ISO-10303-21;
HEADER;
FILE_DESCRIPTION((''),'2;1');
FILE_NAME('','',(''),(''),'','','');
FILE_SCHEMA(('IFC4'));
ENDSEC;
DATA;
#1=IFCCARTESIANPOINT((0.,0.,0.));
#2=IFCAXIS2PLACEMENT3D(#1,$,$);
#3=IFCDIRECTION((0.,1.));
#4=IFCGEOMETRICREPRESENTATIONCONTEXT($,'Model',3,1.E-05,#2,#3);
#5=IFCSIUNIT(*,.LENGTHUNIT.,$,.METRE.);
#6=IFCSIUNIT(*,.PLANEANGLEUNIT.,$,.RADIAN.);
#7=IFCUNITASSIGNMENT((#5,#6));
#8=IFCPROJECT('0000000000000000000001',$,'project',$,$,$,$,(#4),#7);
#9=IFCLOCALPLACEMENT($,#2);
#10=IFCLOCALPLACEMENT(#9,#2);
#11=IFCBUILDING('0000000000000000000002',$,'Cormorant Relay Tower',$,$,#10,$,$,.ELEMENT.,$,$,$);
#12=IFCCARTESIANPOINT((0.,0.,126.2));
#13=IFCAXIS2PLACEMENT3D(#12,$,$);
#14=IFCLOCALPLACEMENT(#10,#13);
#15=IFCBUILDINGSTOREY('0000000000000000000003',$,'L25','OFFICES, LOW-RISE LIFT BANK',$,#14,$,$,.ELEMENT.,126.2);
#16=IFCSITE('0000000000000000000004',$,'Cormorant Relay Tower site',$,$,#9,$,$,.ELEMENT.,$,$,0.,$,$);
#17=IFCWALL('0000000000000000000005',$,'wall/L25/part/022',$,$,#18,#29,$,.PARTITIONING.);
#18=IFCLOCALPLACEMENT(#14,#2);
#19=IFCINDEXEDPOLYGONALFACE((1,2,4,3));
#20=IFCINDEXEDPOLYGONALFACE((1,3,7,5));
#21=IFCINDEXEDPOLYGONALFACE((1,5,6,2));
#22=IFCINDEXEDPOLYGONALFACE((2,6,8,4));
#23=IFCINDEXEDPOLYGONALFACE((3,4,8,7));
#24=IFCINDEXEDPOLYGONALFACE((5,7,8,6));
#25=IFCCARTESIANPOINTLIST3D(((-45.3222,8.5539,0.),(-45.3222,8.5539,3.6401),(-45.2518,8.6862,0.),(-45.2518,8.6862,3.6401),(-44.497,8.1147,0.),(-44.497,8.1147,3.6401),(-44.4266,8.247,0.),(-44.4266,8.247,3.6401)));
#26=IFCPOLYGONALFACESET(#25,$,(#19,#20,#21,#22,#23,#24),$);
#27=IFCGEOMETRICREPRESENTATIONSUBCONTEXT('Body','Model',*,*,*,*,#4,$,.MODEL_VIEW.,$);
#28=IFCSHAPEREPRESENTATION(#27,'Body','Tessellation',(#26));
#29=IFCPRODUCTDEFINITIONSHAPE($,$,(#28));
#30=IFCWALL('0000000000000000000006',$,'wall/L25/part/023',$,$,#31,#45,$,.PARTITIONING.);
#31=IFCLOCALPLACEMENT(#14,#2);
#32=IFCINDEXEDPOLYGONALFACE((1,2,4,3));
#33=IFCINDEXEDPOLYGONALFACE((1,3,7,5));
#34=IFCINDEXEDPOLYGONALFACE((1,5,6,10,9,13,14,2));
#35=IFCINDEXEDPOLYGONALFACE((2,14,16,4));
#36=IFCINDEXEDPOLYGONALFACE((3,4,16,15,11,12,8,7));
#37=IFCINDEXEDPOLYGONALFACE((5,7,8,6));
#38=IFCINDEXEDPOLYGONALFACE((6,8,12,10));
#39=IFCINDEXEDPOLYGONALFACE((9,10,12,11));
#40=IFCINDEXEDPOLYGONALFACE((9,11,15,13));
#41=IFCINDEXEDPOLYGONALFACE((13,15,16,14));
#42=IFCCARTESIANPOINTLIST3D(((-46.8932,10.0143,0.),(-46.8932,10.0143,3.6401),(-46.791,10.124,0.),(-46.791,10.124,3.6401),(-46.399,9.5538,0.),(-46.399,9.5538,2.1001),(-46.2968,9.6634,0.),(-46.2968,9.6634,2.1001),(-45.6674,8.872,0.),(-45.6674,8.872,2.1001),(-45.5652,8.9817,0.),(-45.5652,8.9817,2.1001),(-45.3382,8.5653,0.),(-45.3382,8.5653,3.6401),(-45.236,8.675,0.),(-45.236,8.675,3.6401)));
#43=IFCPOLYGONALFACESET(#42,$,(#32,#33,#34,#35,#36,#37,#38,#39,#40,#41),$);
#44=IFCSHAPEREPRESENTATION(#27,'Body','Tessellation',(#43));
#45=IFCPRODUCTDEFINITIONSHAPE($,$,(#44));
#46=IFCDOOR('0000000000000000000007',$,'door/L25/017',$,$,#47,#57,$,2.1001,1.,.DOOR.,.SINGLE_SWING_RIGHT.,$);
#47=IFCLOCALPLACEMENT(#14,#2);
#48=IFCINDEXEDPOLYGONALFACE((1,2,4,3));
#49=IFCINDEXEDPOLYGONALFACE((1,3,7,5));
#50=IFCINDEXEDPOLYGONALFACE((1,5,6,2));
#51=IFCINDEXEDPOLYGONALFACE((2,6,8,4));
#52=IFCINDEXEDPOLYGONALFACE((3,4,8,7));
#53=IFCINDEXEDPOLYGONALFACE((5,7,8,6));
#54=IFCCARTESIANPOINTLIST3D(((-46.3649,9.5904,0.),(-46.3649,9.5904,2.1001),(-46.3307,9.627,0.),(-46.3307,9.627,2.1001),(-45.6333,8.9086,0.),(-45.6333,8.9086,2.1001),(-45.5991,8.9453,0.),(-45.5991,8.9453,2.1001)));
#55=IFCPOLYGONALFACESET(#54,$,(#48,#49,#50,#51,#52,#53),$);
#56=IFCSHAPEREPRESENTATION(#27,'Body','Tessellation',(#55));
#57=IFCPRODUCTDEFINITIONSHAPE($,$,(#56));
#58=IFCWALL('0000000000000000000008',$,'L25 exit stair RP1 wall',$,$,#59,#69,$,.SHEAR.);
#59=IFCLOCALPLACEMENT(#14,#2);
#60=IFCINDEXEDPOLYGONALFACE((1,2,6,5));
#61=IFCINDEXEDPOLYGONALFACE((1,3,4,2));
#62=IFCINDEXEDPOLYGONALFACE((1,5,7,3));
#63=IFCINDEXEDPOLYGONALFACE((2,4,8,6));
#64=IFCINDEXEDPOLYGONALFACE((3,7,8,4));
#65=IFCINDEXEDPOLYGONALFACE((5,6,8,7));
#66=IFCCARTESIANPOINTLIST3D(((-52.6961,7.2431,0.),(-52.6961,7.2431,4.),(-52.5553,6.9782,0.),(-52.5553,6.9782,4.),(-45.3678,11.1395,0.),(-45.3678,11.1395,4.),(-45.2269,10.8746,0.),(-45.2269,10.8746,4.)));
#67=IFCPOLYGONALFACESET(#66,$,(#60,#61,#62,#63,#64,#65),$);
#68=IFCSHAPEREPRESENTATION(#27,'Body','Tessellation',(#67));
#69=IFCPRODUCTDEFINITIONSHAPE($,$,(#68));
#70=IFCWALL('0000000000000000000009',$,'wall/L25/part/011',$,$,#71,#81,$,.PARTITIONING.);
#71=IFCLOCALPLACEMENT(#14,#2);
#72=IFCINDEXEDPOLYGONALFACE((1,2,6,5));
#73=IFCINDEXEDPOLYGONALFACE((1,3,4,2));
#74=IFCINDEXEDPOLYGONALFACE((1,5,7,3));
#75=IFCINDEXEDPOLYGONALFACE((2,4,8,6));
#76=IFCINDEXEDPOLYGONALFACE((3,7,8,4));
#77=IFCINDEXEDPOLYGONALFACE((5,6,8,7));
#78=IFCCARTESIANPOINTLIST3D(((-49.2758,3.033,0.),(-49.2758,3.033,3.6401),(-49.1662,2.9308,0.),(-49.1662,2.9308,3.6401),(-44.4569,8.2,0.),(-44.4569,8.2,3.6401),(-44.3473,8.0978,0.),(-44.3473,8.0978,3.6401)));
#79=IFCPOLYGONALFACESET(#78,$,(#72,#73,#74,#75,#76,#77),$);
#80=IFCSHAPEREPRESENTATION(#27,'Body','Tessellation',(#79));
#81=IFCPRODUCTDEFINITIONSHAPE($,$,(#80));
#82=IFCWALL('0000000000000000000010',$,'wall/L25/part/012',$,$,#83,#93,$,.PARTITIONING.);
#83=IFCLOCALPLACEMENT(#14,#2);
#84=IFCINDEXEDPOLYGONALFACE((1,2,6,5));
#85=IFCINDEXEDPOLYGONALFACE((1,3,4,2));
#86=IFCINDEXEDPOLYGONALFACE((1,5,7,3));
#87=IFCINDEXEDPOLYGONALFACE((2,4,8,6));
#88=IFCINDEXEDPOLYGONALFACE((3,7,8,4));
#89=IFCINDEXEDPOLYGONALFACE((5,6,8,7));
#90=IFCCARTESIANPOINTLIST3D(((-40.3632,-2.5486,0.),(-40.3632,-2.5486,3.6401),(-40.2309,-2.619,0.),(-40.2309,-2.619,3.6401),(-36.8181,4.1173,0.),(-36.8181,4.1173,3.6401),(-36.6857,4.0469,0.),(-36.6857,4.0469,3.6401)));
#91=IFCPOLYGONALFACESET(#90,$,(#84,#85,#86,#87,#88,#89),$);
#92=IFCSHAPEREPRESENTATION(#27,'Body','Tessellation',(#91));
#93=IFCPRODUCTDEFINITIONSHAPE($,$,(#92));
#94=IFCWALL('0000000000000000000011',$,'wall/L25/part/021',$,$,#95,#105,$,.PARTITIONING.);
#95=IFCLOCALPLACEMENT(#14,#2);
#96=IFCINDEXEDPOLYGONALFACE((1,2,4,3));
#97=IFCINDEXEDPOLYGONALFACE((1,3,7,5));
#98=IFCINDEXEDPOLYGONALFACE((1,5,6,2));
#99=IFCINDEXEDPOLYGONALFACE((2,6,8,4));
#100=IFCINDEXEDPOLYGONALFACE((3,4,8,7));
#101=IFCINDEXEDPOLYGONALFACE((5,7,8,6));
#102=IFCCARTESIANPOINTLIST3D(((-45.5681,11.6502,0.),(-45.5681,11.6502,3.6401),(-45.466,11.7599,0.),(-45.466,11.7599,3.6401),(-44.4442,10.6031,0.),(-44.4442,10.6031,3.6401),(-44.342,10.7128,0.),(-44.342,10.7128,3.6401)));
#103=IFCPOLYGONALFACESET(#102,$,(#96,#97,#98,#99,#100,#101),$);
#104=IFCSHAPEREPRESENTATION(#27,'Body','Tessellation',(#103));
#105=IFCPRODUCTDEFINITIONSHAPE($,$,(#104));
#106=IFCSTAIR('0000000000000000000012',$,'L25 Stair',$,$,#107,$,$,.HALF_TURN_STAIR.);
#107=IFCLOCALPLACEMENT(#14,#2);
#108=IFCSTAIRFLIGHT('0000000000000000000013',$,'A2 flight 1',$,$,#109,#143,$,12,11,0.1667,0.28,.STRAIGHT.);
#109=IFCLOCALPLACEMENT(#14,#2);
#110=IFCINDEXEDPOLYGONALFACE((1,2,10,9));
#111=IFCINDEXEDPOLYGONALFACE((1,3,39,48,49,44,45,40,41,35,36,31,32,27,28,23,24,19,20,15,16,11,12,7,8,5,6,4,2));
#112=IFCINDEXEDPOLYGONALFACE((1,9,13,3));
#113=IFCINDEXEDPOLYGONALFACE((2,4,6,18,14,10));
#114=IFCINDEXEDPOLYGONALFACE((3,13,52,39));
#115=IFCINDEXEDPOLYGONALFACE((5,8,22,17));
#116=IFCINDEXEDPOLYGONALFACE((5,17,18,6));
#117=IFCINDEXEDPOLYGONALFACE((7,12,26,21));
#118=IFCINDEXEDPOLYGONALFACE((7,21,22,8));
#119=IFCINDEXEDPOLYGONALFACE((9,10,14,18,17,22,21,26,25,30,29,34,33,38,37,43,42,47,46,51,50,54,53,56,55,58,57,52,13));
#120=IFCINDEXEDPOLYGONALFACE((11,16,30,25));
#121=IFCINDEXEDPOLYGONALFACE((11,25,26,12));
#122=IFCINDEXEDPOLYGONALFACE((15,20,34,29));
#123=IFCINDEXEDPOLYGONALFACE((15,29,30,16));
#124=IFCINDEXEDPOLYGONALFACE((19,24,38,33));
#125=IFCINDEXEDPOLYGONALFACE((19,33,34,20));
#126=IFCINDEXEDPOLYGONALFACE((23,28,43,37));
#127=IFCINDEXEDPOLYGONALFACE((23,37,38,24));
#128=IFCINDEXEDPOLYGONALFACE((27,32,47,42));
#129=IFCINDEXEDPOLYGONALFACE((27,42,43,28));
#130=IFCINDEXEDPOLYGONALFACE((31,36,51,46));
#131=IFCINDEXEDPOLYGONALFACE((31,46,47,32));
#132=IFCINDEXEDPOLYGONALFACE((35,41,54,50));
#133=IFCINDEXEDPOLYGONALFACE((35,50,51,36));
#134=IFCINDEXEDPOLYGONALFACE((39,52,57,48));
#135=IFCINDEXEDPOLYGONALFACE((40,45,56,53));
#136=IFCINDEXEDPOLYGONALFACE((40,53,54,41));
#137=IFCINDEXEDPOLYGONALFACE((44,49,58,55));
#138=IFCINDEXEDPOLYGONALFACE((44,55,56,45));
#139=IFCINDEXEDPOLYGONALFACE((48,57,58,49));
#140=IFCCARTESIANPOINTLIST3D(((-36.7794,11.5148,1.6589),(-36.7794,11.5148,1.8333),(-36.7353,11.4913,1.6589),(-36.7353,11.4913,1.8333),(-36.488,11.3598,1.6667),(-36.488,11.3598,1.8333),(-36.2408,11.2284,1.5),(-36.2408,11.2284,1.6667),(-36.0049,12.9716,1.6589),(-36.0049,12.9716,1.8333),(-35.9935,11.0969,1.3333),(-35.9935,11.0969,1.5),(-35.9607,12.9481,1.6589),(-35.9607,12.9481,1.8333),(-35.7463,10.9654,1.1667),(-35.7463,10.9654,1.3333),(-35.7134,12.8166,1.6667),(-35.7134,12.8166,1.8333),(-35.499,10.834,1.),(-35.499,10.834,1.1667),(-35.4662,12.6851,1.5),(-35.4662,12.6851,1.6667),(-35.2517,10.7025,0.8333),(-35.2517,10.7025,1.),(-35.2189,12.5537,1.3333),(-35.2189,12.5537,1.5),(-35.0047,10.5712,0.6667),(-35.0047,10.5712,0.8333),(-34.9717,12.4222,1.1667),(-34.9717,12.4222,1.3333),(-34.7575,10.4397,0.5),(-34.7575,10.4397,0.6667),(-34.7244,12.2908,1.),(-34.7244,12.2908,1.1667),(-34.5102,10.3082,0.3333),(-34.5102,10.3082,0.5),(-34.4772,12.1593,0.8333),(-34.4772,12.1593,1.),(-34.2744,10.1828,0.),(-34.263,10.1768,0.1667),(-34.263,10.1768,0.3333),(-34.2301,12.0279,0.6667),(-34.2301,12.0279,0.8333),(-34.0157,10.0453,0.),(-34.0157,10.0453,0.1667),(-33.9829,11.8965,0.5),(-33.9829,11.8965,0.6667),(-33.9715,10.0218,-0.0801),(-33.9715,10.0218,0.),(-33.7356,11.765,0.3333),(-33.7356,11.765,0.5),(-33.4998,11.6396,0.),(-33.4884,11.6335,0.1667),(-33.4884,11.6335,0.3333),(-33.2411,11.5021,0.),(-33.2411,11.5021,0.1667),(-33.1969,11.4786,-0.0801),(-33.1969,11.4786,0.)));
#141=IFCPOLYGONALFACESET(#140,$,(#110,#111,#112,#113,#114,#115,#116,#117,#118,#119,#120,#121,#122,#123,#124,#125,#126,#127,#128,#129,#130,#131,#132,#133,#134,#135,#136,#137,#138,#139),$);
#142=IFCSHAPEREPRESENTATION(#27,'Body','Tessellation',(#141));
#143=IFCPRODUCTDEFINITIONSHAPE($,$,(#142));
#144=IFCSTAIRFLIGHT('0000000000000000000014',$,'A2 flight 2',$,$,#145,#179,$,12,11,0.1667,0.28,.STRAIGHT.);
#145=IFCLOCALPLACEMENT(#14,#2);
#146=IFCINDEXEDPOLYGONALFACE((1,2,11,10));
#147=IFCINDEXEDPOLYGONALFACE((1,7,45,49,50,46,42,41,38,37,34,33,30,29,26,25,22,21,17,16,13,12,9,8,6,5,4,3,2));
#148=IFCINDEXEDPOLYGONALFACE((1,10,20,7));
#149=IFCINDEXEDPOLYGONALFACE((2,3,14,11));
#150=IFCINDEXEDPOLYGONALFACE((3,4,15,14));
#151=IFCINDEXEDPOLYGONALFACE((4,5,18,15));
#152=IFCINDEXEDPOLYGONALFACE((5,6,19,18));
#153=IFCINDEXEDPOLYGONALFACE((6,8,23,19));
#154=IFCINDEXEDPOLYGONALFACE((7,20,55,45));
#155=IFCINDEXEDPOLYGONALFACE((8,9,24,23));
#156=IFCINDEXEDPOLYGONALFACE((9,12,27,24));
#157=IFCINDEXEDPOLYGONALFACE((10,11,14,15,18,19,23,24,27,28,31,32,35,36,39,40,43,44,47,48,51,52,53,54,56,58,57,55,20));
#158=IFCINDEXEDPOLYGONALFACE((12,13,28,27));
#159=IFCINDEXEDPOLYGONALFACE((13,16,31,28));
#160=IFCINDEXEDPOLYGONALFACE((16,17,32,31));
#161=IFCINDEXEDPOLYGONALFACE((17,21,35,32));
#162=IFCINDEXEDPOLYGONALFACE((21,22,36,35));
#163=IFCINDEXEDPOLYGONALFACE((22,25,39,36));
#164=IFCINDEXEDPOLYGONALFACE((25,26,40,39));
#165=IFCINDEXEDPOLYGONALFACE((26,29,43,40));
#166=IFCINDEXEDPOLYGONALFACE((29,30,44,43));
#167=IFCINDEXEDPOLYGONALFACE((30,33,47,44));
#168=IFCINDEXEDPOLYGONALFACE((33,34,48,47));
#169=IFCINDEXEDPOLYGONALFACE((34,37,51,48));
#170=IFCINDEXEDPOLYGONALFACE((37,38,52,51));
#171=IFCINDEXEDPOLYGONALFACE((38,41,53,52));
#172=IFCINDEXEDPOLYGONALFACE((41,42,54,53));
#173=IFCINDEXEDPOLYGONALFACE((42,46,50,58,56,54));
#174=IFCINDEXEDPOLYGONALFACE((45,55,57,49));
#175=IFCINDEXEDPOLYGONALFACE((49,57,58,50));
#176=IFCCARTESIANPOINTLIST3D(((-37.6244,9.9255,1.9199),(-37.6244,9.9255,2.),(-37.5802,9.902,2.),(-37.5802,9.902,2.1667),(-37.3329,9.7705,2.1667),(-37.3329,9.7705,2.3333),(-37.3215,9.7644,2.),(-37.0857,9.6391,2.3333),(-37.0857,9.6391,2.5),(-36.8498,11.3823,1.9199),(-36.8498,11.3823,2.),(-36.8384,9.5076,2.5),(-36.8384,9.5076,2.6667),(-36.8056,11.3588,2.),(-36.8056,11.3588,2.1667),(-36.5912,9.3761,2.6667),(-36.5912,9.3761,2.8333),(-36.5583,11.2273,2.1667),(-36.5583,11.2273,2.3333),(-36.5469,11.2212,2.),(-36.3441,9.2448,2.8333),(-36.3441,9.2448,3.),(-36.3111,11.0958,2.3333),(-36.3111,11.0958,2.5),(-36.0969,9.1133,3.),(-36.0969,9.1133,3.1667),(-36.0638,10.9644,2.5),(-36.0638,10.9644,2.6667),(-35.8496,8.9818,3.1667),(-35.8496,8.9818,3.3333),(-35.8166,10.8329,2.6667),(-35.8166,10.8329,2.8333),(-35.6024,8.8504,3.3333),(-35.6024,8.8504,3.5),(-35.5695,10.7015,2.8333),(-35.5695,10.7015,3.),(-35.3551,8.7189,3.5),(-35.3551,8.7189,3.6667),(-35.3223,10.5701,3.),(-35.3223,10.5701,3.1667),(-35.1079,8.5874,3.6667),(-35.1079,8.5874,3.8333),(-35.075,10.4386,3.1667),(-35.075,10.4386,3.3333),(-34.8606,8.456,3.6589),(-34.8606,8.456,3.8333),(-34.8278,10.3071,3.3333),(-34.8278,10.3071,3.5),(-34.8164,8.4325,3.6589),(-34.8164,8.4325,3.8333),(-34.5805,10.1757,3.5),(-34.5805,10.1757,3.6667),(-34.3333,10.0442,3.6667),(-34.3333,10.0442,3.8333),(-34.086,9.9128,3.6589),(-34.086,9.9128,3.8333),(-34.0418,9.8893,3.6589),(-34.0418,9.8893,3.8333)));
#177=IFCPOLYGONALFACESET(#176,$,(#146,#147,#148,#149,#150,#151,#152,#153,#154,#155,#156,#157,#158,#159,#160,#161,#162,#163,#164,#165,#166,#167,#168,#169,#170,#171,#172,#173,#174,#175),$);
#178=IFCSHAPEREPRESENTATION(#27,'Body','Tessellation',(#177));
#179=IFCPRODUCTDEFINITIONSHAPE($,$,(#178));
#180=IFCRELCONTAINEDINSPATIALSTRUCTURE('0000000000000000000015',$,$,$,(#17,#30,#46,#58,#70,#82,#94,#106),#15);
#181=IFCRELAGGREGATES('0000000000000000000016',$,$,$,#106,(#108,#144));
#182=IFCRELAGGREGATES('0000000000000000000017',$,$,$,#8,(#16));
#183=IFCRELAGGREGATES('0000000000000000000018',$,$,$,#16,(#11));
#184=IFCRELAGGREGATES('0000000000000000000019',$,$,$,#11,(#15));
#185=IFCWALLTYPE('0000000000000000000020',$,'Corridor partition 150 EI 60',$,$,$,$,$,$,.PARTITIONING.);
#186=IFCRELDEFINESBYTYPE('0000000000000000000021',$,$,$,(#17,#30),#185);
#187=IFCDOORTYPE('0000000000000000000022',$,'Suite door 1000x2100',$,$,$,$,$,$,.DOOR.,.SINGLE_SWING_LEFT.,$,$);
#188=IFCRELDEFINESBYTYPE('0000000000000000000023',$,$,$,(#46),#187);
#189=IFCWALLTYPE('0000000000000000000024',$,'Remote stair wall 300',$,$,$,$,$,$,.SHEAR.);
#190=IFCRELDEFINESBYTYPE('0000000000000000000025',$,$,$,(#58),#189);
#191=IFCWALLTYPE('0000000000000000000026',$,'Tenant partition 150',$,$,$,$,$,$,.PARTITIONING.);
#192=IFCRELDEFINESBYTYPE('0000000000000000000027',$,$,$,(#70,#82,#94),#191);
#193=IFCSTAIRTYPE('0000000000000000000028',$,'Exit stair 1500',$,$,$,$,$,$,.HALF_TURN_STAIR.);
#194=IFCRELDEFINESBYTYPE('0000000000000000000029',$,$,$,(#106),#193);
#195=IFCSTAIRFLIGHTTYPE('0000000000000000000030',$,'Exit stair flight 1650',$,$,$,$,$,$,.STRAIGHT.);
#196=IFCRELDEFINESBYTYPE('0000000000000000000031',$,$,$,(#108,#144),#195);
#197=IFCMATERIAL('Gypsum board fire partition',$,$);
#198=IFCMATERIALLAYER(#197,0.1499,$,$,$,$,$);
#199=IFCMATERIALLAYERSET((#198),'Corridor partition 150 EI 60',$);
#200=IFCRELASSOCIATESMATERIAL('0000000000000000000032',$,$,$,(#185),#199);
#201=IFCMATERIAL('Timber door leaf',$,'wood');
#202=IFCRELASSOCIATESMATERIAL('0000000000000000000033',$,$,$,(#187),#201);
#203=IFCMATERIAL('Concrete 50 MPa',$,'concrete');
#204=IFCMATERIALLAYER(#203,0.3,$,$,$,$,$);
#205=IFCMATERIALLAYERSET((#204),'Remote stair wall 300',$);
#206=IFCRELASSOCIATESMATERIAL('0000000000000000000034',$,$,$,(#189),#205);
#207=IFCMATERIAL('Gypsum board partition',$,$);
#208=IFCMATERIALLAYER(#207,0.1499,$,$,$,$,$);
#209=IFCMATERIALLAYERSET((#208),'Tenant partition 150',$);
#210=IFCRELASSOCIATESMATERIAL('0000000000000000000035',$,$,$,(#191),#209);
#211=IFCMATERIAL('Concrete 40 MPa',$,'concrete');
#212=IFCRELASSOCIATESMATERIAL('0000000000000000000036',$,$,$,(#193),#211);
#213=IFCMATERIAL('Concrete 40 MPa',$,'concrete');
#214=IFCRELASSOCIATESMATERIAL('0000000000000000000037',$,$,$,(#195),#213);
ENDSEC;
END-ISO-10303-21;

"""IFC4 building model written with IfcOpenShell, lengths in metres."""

from ifc_helpers import new_model, si_unit, direction, frame, frame_2d, origin, place, context, subcontext, project, spatial, polyline, rectangle, outline, extrude, material, layer, layer_set, type_object, element, fill, aggregate, save


model = new_model("IFC4")

# Units and contexts
model_context = context("Model", 3, precision=1e-05, world=origin(), true_north=direction((0.0, 1.0)))
body_context = subcontext(model_context, "Body", "Model", "MODEL_VIEW")
ifc_project = project(units=[si_unit("LENGTHUNIT", "METRE"), si_unit("PLANEANGLEUNIT", "RADIAN")], contexts=[model_context])

# Site, building, storey
site_placement = place(None, origin())
site = spatial("IfcSite", under=ifc_project, at=site_placement, Name="Cormorant Relay Tower site", CompositionType="ELEMENT", RefElevation=0.0)
building_placement = place(site_placement, origin())
building = spatial("IfcBuilding", under=site, at=building_placement, Name="Cormorant Relay Tower", CompositionType="ELEMENT")
storey_placement = place(building_placement, frame((0.0, 0.0, 126.2)))
storey = spatial("IfcBuildingStorey", under=building, at=storey_placement, Name="L25", Description="OFFICES, LOW-RISE LIFT BANK", CompositionType="ELEMENT", Elevation=126.2)

# Wall
ifc_material_1 = material(Name="Gypsum board fire partition")
ifc_layer_1 = layer(ifc_material_1, 0.1499)
ifc_layer_set_1 = layer_set([ifc_layer_1], Name="Corridor partition 150 EI 60")
wall_type_1 = type_object("IfcWallType", Name="Corridor partition 150 EI 60", PredefinedType="PARTITIONING", material=ifc_layer_set_1)
wall_1_placement = place(storey_placement, frame((-44.4619, 8.1809, 0.0), z_axis=(0.0, 0.0, 1.0), x_axis=(-0.88275, 0.469843, 0.0)))
element("IfcWall", 1, at=wall_1_placement, inside=storey, type_object=wall_type_1, Name="wall/L25/part/022", PredefinedType="PARTITIONING", context=body_context, shape_type="SweptSolid", body=[
    extrude(rectangle(XDim=0.9348, YDim=0.1499, at=frame_2d((0.4673, 0.0))), origin(), (0.0, 0.0, 1.0), 3.6401),
])

# Wall, opening, door
wall_2_placement = place(storey_placement, frame((-45.2871, 8.6201, 0.0), z_axis=(0.0, 0.0, 1.0), x_axis=(-0.731594, 0.681741, 0.0)))
wall_2 = element("IfcWall", 2, at=wall_2_placement, inside=storey, type_object=wall_type_1, Name="wall/L25/part/023", PredefinedType="PARTITIONING", context=body_context, shape_type="SweptSolid", body=[
    extrude(rectangle(XDim=2.1255, YDim=0.1499, at=frame_2d((1.0627, 0.0))), origin(), (0.0, 0.0, 1.0), 3.6401),
])
opening_placement = place(wall_2_placement, frame((0.45, 0.0, 0.0)))
opening = element("IfcOpeningElement", 3, at=opening_placement, cuts=wall_2, PredefinedType="OPENING", context=body_context, shape_type="SweptSolid", body=[
    extrude(rectangle(XDim=1.0, YDim=2.1001, at=frame_2d((0.5, 1.05))), frame((0.0, 0.085, 0.0), z_axis=(0.0, -1.0, 0.0), x_axis=(1.0, 0.0, 0.0)), (0.0, 0.0, 1.0), 0.1699),
])
ifc_material_2 = material(Name="Timber door leaf", Category="wood")
door_type = type_object("IfcDoorType", Name="Suite door 1000x2100", OperationType="SINGLE_SWING_LEFT", PredefinedType="DOOR", material=ifc_material_2)
door_placement = place(opening_placement, origin())
door = element("IfcDoor", 4, at=door_placement, inside=storey, type_object=door_type, Name="door/L25/017", OperationType="SINGLE_SWING_RIGHT", OverallHeight=2.1001, OverallWidth=1.0, PredefinedType="DOOR", context=body_context, shape_type="SweptSolid", body=[
    extrude(rectangle(XDim=1.0, YDim=2.1001, at=frame_2d((0.5, 1.05))), frame((0.0, 0.0249, 0.0), z_axis=(0.0, -1.0, 0.0), x_axis=(1.0, 0.0, 0.0)), (0.0, 0.0, 1.0), 0.05),
])
fill(opening, door)

# Walls
ifc_material_3 = material(Name="Concrete 50 MPa", Category="concrete")
ifc_layer_2 = layer(ifc_material_3, 0.3)
ifc_layer_set_2 = layer_set([ifc_layer_2], Name="Remote stair wall 300")
wall_type_2 = type_object("IfcWallType", Name="Remote stair wall 300", PredefinedType="SHEAR", material=ifc_layer_set_2)
wall_3_placement = place(storey_placement, frame((-45.2974, 11.0071, 0.0), z_axis=(0.0, 0.0, 1.0), x_axis=(-0.882952, -0.469464, 0.0)))
element("IfcWall", 5, at=wall_3_placement, inside=storey, type_object=wall_type_2, Name="L25 exit stair RP1 wall", PredefinedType="SHEAR", context=body_context, shape_type="SweptSolid", body=[
    extrude(rectangle(XDim=8.2998, YDim=0.3, at=frame_2d((4.1499, 0.0))), origin(), (0.0, 0.0, 1.0), 4.0),
])
ifc_material_4 = material(Name="Gypsum board partition")
ifc_layer_3 = layer(ifc_material_4, 0.1499)
ifc_layer_set_3 = layer_set([ifc_layer_3], Name="Tenant partition 150")
wall_type_3 = type_object("IfcWallType", Name="Tenant partition 150", PredefinedType="PARTITIONING", material=ifc_layer_set_3)
wall_4_placement = place(storey_placement, frame((-44.4021, 8.1489, 0.0), z_axis=(0.0, 0.0, 1.0), x_axis=(-0.68204, -0.731315, 0.0)))
element("IfcWall", 6, at=wall_4_placement, inside=storey, type_object=wall_type_3, Name="wall/L25/part/011", PredefinedType="PARTITIONING", context=body_context, shape_type="SweptSolid", body=[
    extrude(rectangle(XDim=7.0654, YDim=0.1499, at=frame_2d((3.5327, 0.0))), origin(), (0.0, 0.0, 1.0), 3.6401),
])
wall_5_placement = place(storey_placement, frame((-36.752, 4.082, 0.0), z_axis=(0.0, 0.0, 1.0), x_axis=(-0.469552, -0.882905, 0.0)))
element("IfcWall", 7, at=wall_5_placement, inside=storey, type_object=wall_type_3, Name="wall/L25/part/012", PredefinedType="PARTITIONING", context=body_context, shape_type="SweptSolid", body=[
    extrude(rectangle(XDim=7.55, YDim=0.1499, at=frame_2d((3.7749, 0.0))), origin(), (0.0, 0.0, 1.0), 3.6401),
])
wall_6_placement = place(storey_placement, frame((-44.3931, 10.658, 0.0), z_axis=(0.0, 0.0, 1.0), x_axis=(-0.731694, 0.681633, 0.0)))
element("IfcWall", 8, at=wall_6_placement, inside=storey, type_object=wall_type_3, Name="wall/L25/part/021", PredefinedType="PARTITIONING", context=body_context, shape_type="SweptSolid", body=[
    extrude(rectangle(XDim=1.5361, YDim=0.1499, at=frame_2d((0.7681, 0.0))), origin(), (0.0, 0.0, 1.0), 3.6401),
])

# Stair, stair flights
ifc_material_5 = material(Name="Concrete 40 MPa", Category="concrete")
stair_type = type_object("IfcStairType", Name="Exit stair 1500", PredefinedType="HALF_TURN_STAIR", material=ifc_material_5)
stair_placement = place(storey_placement, origin())
stair = element("IfcStair", 9, at=stair_placement, inside=storey, type_object=stair_type, Name="L25 Stair", PredefinedType="HALF_TURN_STAIR")
ifc_material_6 = material(Name="Concrete 40 MPa", Category="concrete")
stair_flight_type = type_object("IfcStairFlightType", Name="Exit stair flight 1650", PredefinedType="STRAIGHT", material=ifc_material_6)
stair_flight_1_placement = place(storey_placement, frame((-33.6284, 10.7737, 0.0), z_axis=(0.0, 0.0, 1.0), x_axis=(-0.882948, 0.469472, 0.0)))
stair_flight_1 = element("IfcStairFlight", 10, at=stair_flight_1_placement, type_object=stair_flight_type, Name="A2 flight 1", NumberOfRisers=12, NumberOfTreads=11, PredefinedType="STRAIGHT", RiserHeight=0.1667, TreadLength=0.28, context=body_context, shape_type="SweptSolid", body=[
    extrude(outline(polyline([(-0.05, -0.0801), (-0.05, 0.0), (0.0, 0.0), (0.0, 0.1667), (0.28, 0.1667), (0.28, 0.3333), (0.5601, 0.3333), (0.5601, 0.5), (0.8401, 0.5), (0.8401, 0.6667), (1.1201, 0.6667), (1.1201, 0.8333), (1.3999, 0.8333), (1.3999, 1.0), (1.6799, 1.0), (1.6799, 1.1667), (1.96, 1.1667), (1.96, 1.3333), (2.24, 1.3333), (2.24, 1.5), (2.52, 1.5), (2.52, 1.6667), (2.8, 1.6667), (2.8, 1.8333), (3.0801, 1.8333), (3.1301, 1.8333), (3.1301, 1.6589), (3.0801, 1.6589), (0.293, 0.0), (-0.05, -0.0801)])), frame((0.0, 0.825, 0.0), z_axis=(0.0, -1.0, 0.0), x_axis=(1.0, 0.0, 0.0)), (0.0, 0.0, 1.0), 1.6499),
])
stair_flight_2_placement = place(storey_placement, frame((-37.1929, 10.6304, 2.0), z_axis=(0.0, 0.0, 1.0), x_axis=(0.882948, -0.469472, 0.0)))
stair_flight_2 = element("IfcStairFlight", 11, at=stair_flight_2_placement, type_object=stair_flight_type, Name="A2 flight 2", NumberOfRisers=12, NumberOfTreads=11, PredefinedType="STRAIGHT", RiserHeight=0.1667, TreadLength=0.28, context=body_context, shape_type="SweptSolid", body=[
    extrude(outline(polyline([(-0.05, -0.0801), (-0.05, 0.0), (0.0, 0.0), (0.0, 0.1667), (0.28, 0.1667), (0.28, 0.3333), (0.5601, 0.3333), (0.5601, 0.5), (0.8401, 0.5), (0.8401, 0.6667), (1.1201, 0.6667), (1.1201, 0.8333), (1.3999, 0.8333), (1.3999, 1.0), (1.6799, 1.0), (1.6799, 1.1667), (1.96, 1.1667), (1.96, 1.3333), (2.24, 1.3333), (2.24, 1.5), (2.52, 1.5), (2.52, 1.6667), (2.8, 1.6667), (2.8, 1.8333), (3.0801, 1.8333), (3.1301, 1.8333), (3.1301, 1.6589), (3.0801, 1.6589), (0.293, 0.0), (-0.05, -0.0801)])), frame((0.0, 0.825, 0.0), z_axis=(0.0, -1.0, 0.0), x_axis=(1.0, 0.0, 0.0)), (0.0, 0.0, 1.0), 1.6499),
])
aggregate(stair, [stair_flight_1, stair_flight_2])

save(model, "model.ifc")
